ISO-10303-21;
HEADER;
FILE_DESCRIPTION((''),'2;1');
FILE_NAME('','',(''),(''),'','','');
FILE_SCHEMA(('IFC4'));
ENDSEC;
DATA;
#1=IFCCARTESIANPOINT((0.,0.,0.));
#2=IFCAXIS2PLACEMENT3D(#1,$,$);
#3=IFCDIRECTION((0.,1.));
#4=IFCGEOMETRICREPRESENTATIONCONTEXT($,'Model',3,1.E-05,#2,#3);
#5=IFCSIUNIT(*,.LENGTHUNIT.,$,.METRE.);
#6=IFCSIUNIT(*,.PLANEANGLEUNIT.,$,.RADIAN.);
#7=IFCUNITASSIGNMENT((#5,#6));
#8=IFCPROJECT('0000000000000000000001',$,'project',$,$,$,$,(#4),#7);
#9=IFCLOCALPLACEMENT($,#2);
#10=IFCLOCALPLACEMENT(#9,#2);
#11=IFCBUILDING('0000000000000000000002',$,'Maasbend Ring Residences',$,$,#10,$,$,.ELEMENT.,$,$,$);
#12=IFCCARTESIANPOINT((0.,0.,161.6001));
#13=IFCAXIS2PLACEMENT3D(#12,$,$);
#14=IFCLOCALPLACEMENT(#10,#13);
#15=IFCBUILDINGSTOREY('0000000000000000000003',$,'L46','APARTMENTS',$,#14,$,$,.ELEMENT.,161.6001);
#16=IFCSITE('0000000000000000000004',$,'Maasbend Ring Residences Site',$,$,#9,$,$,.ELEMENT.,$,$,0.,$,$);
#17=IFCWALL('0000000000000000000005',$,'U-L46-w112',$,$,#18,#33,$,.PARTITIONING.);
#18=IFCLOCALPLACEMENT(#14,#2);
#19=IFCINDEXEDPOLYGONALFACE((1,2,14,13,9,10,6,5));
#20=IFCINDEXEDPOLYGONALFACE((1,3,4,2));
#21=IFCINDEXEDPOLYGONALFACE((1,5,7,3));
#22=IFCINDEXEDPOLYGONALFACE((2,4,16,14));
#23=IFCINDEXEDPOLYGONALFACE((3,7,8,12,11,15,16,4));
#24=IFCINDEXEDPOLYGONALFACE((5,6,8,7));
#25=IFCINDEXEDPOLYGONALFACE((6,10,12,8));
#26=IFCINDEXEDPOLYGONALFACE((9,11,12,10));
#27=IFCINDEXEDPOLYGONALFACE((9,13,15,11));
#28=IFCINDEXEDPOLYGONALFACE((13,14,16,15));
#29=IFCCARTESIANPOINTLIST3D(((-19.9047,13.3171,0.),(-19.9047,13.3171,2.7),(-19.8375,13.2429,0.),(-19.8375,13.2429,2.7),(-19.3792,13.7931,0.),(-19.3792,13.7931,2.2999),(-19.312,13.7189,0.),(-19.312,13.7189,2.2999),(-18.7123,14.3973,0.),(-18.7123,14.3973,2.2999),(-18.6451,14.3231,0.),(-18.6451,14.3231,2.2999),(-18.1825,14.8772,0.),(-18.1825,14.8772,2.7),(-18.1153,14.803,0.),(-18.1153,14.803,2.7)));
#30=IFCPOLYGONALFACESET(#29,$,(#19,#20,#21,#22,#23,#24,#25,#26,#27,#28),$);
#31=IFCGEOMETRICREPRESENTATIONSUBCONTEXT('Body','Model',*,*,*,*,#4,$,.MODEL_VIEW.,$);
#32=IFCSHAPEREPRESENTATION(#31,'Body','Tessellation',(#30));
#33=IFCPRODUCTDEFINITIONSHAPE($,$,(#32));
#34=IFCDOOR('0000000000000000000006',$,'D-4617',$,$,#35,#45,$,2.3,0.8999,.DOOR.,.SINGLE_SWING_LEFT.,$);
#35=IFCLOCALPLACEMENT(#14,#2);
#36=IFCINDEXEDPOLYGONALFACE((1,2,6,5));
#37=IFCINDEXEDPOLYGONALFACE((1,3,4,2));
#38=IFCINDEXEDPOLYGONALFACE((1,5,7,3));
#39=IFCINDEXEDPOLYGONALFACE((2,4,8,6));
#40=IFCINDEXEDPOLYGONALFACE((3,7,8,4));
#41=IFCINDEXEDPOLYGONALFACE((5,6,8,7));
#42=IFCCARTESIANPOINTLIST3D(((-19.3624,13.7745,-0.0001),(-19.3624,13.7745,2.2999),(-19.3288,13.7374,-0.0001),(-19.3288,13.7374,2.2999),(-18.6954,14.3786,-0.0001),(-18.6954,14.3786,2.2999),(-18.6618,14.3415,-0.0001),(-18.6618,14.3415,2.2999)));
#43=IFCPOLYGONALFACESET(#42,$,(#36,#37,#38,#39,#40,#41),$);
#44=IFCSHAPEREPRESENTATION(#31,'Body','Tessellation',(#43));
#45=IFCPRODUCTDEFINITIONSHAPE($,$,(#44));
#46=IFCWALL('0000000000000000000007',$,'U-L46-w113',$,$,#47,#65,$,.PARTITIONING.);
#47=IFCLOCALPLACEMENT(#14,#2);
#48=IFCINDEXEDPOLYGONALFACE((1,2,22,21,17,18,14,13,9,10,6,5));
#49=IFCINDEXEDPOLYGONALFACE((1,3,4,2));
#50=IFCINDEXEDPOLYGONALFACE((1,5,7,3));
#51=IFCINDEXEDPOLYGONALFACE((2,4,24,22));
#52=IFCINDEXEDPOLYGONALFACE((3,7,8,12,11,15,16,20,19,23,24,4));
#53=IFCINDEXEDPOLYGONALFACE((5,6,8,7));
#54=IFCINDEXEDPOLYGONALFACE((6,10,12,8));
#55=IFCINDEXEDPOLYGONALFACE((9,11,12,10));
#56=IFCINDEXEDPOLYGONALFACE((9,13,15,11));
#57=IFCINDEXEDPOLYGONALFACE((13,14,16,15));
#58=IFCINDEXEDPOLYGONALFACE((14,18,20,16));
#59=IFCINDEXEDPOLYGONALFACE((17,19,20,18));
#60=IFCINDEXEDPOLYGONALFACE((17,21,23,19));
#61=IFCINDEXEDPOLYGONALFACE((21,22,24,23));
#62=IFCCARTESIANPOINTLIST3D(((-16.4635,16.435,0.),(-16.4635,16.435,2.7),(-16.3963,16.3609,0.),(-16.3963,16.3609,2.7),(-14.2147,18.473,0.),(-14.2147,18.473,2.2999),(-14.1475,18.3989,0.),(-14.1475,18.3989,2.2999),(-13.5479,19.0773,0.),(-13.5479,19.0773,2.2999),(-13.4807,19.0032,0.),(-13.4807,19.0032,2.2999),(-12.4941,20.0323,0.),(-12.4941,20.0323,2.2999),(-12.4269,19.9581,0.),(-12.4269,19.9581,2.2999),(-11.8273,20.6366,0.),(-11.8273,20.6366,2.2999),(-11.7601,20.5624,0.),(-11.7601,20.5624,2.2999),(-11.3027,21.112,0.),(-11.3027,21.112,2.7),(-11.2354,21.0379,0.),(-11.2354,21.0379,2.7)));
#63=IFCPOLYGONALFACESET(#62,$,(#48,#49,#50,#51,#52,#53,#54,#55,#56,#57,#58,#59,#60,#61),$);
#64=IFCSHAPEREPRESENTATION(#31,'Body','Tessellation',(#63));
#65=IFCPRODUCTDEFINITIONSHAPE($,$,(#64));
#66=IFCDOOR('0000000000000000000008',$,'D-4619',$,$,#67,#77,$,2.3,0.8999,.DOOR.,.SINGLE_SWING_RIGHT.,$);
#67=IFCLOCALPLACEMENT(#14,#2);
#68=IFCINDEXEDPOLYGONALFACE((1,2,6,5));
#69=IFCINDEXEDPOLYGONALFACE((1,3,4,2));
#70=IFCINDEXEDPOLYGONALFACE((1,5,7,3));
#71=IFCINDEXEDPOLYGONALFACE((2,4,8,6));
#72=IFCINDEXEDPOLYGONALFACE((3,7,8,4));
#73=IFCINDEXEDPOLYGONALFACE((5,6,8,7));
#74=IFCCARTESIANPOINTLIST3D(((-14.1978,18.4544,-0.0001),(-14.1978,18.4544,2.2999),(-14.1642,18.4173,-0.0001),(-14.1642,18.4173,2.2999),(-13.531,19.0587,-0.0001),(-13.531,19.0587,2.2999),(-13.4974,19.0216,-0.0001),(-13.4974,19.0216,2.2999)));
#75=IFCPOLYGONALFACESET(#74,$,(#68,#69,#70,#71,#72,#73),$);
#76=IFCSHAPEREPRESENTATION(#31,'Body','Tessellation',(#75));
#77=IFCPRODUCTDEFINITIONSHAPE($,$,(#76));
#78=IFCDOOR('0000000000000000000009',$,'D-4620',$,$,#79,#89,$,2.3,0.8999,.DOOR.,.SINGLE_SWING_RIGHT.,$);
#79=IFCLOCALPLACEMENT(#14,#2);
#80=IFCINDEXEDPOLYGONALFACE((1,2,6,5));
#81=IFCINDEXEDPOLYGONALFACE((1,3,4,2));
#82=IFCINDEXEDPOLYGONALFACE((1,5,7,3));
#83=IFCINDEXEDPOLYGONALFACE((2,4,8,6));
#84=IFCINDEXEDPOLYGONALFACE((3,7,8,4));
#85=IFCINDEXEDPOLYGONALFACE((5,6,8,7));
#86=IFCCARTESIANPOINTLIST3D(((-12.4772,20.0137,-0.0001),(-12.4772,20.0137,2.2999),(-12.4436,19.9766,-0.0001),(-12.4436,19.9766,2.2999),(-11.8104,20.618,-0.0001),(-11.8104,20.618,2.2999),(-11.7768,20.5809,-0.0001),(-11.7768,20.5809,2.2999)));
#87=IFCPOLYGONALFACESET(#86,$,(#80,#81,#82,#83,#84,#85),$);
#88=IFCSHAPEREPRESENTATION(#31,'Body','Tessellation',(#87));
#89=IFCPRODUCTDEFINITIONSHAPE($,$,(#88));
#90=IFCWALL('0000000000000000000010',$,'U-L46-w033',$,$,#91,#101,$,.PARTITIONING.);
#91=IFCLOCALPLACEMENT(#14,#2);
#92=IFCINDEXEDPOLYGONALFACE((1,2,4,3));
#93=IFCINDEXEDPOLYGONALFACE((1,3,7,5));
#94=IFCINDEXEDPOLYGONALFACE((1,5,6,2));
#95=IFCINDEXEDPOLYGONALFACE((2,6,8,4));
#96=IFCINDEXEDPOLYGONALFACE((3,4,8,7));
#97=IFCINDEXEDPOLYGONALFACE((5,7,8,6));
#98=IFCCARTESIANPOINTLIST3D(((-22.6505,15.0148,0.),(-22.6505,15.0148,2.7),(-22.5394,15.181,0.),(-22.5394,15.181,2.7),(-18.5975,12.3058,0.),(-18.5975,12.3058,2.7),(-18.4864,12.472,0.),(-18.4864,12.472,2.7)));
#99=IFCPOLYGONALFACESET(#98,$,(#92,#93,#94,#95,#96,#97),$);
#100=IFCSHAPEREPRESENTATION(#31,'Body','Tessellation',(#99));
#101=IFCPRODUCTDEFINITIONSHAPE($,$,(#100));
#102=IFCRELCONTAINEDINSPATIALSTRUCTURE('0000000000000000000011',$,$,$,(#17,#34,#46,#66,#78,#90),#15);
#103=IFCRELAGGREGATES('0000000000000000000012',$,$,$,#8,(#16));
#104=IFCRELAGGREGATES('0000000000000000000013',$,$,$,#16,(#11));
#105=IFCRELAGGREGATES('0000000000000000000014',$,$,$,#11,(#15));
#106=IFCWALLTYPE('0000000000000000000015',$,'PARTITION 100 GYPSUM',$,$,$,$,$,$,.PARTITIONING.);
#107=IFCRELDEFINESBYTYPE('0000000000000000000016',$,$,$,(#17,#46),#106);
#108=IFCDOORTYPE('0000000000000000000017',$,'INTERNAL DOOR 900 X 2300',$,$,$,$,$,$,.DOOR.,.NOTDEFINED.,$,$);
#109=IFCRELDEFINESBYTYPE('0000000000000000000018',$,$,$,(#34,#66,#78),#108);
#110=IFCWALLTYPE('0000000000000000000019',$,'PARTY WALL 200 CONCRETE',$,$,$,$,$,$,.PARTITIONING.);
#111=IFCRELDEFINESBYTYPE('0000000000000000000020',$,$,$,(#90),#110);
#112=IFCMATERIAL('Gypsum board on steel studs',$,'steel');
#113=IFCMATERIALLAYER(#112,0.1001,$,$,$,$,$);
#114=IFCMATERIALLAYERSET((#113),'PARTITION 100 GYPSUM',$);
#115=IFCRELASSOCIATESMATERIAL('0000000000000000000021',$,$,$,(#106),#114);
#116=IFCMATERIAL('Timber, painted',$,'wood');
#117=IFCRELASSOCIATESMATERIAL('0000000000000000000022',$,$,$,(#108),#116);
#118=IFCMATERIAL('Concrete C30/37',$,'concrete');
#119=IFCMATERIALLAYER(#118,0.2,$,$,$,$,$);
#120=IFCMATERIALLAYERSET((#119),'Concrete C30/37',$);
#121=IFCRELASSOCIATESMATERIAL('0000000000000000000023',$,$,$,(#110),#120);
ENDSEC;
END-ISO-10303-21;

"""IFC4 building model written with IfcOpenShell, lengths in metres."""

from ifc_helpers import new_model, si_unit, direction, frame, frame_2d, origin, place, context, subcontext, project, spatial, rectangle, extrude, material, layer, layer_set, type_object, element, fill, save


model = new_model("IFC4")

# Units and contexts
model_context = context("Model", 3, precision=1e-05, world=origin(), true_north=direction((0.0, 1.0)))
body_context = subcontext(model_context, "Body", "Model", "MODEL_VIEW")
ifc_project = project(units=[si_unit("LENGTHUNIT", "METRE"), si_unit("PLANEANGLEUNIT", "RADIAN")], contexts=[model_context])

# Site, building, storey
site_placement = place(None, origin())
site = spatial("IfcSite", under=ifc_project, at=site_placement, Name="Maasbend Ring Residences Site", CompositionType="ELEMENT", RefElevation=0.0)
building_placement = place(site_placement, origin())
building = spatial("IfcBuilding", under=site, at=building_placement, Name="Maasbend Ring Residences", CompositionType="ELEMENT")
storey_placement = place(building_placement, frame((0.0, 0.0, 161.6001)))
storey = spatial("IfcBuildingStorey", under=building, at=storey_placement, Name="L46", Description="APARTMENTS", CompositionType="ELEMENT", Elevation=161.6001)

# Shared definitions
ifc_material_1 = material(Name="Gypsum board on steel studs", Category="steel")
ifc_layer_1 = layer(ifc_material_1, 0.1001)
ifc_layer_set_1 = layer_set([ifc_layer_1], Name="PARTITION 100 GYPSUM")
wall_type_1 = type_object("IfcWallType", Name="PARTITION 100 GYPSUM", PredefinedType="PARTITIONING", material=ifc_layer_set_1)
ifc_material_2 = material(Name="Timber, painted", Category="wood")
door_type_1 = type_object("IfcDoorType", Name="INTERNAL DOOR 900 X 2300", OperationType="NOTDEFINED", PredefinedType="DOOR", material=ifc_material_2)

# Wall, opening, door
wall_1_placement = place(storey_placement, frame((-19.8711, 13.28, 0.0), z_axis=(0.0, 0.0, 1.0), x_axis=(0.741127, 0.671364, 0.0)))
wall_1 = element("IfcWall", 1, at=wall_1_placement, inside=storey, type_object=wall_type_1, Name="U-L46-w112", PredefinedType="PARTITIONING", context=body_context, shape_type="SweptSolid", body=[
    extrude(rectangle(XDim=2.3237, YDim=0.1001, at=frame_2d((1.1619, 0.0))), origin(), (0.0, 0.0, 1.0), 2.7),
])
opening_1_placement = place(wall_1_placement, frame((0.709, 0.0, 0.0)))
opening_1 = element("IfcOpeningElement", 2, at=opening_1_placement, cuts=wall_1, PredefinedType="OPENING", context=body_context, shape_type="SweptSolid", body=[
    extrude(rectangle(XDim=0.8999, YDim=2.3, at=frame_2d((0.45, 1.1499))), frame((0.0, 0.0601, 0.0), z_axis=(0.0, -1.0, 0.0), x_axis=(1.0, 0.0, 0.0)), (0.0, 0.0, 1.0), 0.1201),
])
door_1_placement = place(opening_1_placement, origin())
door_1 = element("IfcDoor", 3, at=door_1_placement, inside=storey, type_object=door_type_1, Name="D-4617", OperationType="SINGLE_SWING_LEFT", OverallHeight=2.3, OverallWidth=0.8999, PredefinedType="DOOR", context=body_context, shape_type="SweptSolid", body=[
    extrude(rectangle(XDim=0.8999, YDim=2.3, at=frame_2d((0.45, 1.1499))), frame((0.0, 0.0249, 0.0), z_axis=(0.0, -1.0, 0.0), x_axis=(1.0, 0.0, 0.0)), (0.0, 0.0, 1.0), 0.05),
])
fill(opening_1, door_1)

# Wall, openings, doors
wall_2_placement = place(storey_placement, frame((-16.4299, 16.3979, 0.0), z_axis=(0.0, 0.0, 1.0), x_axis=(0.740991, 0.671515, 0.0)))
wall_2 = element("IfcWall", 4, at=wall_2_placement, inside=storey, type_object=wall_type_1, Name="U-L46-w113", PredefinedType="PARTITIONING", context=body_context, shape_type="SweptSolid", body=[
    extrude(rectangle(XDim=6.9648, YDim=0.1001, at=frame_2d((3.4824, 0.0))), origin(), (0.0, 0.0, 1.0), 2.7),
])
opening_2_placement = place(wall_2_placement, frame((3.0349, 0.0, 0.0)))
opening_2 = element("IfcOpeningElement", 5, at=opening_2_placement, cuts=wall_2, PredefinedType="OPENING", context=body_context, shape_type="SweptSolid", body=[
    extrude(rectangle(XDim=0.8999, YDim=2.3, at=frame_2d((0.45, 1.1499))), frame((0.0, 0.0601, 0.0), z_axis=(0.0, -1.0, 0.0), x_axis=(1.0, 0.0, 0.0)), (0.0, 0.0, 1.0), 0.1201),
])
opening_3_placement = place(wall_2_placement, frame((5.3569, 0.0, 0.0)))
opening_3 = element("IfcOpeningElement", 6, at=opening_3_placement, cuts=wall_2, PredefinedType="OPENING", context=body_context, shape_type="SweptSolid", body=[
    extrude(rectangle(XDim=0.8999, YDim=2.3, at=frame_2d((0.45, 1.1499))), frame((0.0, 0.0601, 0.0), z_axis=(0.0, -1.0, 0.0), x_axis=(1.0, 0.0, 0.0)), (0.0, 0.0, 1.0), 0.1201),
])
door_2_placement = place(opening_2_placement, origin())
door_2 = element("IfcDoor", 7, at=door_2_placement, inside=storey, type_object=door_type_1, Name="D-4619", OperationType="SINGLE_SWING_RIGHT", OverallHeight=2.3, OverallWidth=0.8999, PredefinedType="DOOR", context=body_context, shape_type="SweptSolid", body=[
    extrude(rectangle(XDim=0.8999, YDim=2.3, at=frame_2d((0.45, 1.1499))), frame((0.0, 0.0249, 0.0), z_axis=(0.0, -1.0, 0.0), x_axis=(1.0, 0.0, 0.0)), (0.0, 0.0, 1.0), 0.05),
])
fill(opening_2, door_2)
door_3_placement = place(opening_3_placement, origin())
door_3 = element("IfcDoor", 8, at=door_3_placement, inside=storey, type_object=door_type_1, Name="D-4620", OperationType="SINGLE_SWING_RIGHT", OverallHeight=2.3, OverallWidth=0.8999, PredefinedType="DOOR", context=body_context, shape_type="SweptSolid", body=[
    extrude(rectangle(XDim=0.8999, YDim=2.3, at=frame_2d((0.45, 1.1499))), frame((0.0, 0.0249, 0.0), z_axis=(0.0, -1.0, 0.0), x_axis=(1.0, 0.0, 0.0)), (0.0, 0.0, 1.0), 0.05),
])
fill(opening_3, door_3)

# Wall
ifc_material_3 = material(Name="Concrete C30/37", Category="concrete")
ifc_layer_2 = layer(ifc_material_3, 0.2)
ifc_layer_set_2 = layer_set([ifc_layer_2], Name="Concrete C30/37")
wall_type_2 = type_object("IfcWallType", Name="PARTY WALL 200 CONCRETE", PredefinedType="PARTITIONING", material=ifc_layer_set_2)
wall_3_placement = place(storey_placement, frame((-22.595, 15.0979, 0.0), z_axis=(0.0, 0.0, 1.0), x_axis=(0.831387, -0.555694, 0.0)))
element("IfcWall", 9, at=wall_3_placement, inside=storey, type_object=wall_type_2, Name="U-L46-w033", PredefinedType="PARTITIONING", context=body_context, shape_type="SweptSolid", body=[
    extrude(rectangle(XDim=4.875, YDim=0.2, at=frame_2d((2.4375, 0.0))), origin(), (0.0, 0.0, 1.0), 2.7),
])

save(model, "model.ifc")
